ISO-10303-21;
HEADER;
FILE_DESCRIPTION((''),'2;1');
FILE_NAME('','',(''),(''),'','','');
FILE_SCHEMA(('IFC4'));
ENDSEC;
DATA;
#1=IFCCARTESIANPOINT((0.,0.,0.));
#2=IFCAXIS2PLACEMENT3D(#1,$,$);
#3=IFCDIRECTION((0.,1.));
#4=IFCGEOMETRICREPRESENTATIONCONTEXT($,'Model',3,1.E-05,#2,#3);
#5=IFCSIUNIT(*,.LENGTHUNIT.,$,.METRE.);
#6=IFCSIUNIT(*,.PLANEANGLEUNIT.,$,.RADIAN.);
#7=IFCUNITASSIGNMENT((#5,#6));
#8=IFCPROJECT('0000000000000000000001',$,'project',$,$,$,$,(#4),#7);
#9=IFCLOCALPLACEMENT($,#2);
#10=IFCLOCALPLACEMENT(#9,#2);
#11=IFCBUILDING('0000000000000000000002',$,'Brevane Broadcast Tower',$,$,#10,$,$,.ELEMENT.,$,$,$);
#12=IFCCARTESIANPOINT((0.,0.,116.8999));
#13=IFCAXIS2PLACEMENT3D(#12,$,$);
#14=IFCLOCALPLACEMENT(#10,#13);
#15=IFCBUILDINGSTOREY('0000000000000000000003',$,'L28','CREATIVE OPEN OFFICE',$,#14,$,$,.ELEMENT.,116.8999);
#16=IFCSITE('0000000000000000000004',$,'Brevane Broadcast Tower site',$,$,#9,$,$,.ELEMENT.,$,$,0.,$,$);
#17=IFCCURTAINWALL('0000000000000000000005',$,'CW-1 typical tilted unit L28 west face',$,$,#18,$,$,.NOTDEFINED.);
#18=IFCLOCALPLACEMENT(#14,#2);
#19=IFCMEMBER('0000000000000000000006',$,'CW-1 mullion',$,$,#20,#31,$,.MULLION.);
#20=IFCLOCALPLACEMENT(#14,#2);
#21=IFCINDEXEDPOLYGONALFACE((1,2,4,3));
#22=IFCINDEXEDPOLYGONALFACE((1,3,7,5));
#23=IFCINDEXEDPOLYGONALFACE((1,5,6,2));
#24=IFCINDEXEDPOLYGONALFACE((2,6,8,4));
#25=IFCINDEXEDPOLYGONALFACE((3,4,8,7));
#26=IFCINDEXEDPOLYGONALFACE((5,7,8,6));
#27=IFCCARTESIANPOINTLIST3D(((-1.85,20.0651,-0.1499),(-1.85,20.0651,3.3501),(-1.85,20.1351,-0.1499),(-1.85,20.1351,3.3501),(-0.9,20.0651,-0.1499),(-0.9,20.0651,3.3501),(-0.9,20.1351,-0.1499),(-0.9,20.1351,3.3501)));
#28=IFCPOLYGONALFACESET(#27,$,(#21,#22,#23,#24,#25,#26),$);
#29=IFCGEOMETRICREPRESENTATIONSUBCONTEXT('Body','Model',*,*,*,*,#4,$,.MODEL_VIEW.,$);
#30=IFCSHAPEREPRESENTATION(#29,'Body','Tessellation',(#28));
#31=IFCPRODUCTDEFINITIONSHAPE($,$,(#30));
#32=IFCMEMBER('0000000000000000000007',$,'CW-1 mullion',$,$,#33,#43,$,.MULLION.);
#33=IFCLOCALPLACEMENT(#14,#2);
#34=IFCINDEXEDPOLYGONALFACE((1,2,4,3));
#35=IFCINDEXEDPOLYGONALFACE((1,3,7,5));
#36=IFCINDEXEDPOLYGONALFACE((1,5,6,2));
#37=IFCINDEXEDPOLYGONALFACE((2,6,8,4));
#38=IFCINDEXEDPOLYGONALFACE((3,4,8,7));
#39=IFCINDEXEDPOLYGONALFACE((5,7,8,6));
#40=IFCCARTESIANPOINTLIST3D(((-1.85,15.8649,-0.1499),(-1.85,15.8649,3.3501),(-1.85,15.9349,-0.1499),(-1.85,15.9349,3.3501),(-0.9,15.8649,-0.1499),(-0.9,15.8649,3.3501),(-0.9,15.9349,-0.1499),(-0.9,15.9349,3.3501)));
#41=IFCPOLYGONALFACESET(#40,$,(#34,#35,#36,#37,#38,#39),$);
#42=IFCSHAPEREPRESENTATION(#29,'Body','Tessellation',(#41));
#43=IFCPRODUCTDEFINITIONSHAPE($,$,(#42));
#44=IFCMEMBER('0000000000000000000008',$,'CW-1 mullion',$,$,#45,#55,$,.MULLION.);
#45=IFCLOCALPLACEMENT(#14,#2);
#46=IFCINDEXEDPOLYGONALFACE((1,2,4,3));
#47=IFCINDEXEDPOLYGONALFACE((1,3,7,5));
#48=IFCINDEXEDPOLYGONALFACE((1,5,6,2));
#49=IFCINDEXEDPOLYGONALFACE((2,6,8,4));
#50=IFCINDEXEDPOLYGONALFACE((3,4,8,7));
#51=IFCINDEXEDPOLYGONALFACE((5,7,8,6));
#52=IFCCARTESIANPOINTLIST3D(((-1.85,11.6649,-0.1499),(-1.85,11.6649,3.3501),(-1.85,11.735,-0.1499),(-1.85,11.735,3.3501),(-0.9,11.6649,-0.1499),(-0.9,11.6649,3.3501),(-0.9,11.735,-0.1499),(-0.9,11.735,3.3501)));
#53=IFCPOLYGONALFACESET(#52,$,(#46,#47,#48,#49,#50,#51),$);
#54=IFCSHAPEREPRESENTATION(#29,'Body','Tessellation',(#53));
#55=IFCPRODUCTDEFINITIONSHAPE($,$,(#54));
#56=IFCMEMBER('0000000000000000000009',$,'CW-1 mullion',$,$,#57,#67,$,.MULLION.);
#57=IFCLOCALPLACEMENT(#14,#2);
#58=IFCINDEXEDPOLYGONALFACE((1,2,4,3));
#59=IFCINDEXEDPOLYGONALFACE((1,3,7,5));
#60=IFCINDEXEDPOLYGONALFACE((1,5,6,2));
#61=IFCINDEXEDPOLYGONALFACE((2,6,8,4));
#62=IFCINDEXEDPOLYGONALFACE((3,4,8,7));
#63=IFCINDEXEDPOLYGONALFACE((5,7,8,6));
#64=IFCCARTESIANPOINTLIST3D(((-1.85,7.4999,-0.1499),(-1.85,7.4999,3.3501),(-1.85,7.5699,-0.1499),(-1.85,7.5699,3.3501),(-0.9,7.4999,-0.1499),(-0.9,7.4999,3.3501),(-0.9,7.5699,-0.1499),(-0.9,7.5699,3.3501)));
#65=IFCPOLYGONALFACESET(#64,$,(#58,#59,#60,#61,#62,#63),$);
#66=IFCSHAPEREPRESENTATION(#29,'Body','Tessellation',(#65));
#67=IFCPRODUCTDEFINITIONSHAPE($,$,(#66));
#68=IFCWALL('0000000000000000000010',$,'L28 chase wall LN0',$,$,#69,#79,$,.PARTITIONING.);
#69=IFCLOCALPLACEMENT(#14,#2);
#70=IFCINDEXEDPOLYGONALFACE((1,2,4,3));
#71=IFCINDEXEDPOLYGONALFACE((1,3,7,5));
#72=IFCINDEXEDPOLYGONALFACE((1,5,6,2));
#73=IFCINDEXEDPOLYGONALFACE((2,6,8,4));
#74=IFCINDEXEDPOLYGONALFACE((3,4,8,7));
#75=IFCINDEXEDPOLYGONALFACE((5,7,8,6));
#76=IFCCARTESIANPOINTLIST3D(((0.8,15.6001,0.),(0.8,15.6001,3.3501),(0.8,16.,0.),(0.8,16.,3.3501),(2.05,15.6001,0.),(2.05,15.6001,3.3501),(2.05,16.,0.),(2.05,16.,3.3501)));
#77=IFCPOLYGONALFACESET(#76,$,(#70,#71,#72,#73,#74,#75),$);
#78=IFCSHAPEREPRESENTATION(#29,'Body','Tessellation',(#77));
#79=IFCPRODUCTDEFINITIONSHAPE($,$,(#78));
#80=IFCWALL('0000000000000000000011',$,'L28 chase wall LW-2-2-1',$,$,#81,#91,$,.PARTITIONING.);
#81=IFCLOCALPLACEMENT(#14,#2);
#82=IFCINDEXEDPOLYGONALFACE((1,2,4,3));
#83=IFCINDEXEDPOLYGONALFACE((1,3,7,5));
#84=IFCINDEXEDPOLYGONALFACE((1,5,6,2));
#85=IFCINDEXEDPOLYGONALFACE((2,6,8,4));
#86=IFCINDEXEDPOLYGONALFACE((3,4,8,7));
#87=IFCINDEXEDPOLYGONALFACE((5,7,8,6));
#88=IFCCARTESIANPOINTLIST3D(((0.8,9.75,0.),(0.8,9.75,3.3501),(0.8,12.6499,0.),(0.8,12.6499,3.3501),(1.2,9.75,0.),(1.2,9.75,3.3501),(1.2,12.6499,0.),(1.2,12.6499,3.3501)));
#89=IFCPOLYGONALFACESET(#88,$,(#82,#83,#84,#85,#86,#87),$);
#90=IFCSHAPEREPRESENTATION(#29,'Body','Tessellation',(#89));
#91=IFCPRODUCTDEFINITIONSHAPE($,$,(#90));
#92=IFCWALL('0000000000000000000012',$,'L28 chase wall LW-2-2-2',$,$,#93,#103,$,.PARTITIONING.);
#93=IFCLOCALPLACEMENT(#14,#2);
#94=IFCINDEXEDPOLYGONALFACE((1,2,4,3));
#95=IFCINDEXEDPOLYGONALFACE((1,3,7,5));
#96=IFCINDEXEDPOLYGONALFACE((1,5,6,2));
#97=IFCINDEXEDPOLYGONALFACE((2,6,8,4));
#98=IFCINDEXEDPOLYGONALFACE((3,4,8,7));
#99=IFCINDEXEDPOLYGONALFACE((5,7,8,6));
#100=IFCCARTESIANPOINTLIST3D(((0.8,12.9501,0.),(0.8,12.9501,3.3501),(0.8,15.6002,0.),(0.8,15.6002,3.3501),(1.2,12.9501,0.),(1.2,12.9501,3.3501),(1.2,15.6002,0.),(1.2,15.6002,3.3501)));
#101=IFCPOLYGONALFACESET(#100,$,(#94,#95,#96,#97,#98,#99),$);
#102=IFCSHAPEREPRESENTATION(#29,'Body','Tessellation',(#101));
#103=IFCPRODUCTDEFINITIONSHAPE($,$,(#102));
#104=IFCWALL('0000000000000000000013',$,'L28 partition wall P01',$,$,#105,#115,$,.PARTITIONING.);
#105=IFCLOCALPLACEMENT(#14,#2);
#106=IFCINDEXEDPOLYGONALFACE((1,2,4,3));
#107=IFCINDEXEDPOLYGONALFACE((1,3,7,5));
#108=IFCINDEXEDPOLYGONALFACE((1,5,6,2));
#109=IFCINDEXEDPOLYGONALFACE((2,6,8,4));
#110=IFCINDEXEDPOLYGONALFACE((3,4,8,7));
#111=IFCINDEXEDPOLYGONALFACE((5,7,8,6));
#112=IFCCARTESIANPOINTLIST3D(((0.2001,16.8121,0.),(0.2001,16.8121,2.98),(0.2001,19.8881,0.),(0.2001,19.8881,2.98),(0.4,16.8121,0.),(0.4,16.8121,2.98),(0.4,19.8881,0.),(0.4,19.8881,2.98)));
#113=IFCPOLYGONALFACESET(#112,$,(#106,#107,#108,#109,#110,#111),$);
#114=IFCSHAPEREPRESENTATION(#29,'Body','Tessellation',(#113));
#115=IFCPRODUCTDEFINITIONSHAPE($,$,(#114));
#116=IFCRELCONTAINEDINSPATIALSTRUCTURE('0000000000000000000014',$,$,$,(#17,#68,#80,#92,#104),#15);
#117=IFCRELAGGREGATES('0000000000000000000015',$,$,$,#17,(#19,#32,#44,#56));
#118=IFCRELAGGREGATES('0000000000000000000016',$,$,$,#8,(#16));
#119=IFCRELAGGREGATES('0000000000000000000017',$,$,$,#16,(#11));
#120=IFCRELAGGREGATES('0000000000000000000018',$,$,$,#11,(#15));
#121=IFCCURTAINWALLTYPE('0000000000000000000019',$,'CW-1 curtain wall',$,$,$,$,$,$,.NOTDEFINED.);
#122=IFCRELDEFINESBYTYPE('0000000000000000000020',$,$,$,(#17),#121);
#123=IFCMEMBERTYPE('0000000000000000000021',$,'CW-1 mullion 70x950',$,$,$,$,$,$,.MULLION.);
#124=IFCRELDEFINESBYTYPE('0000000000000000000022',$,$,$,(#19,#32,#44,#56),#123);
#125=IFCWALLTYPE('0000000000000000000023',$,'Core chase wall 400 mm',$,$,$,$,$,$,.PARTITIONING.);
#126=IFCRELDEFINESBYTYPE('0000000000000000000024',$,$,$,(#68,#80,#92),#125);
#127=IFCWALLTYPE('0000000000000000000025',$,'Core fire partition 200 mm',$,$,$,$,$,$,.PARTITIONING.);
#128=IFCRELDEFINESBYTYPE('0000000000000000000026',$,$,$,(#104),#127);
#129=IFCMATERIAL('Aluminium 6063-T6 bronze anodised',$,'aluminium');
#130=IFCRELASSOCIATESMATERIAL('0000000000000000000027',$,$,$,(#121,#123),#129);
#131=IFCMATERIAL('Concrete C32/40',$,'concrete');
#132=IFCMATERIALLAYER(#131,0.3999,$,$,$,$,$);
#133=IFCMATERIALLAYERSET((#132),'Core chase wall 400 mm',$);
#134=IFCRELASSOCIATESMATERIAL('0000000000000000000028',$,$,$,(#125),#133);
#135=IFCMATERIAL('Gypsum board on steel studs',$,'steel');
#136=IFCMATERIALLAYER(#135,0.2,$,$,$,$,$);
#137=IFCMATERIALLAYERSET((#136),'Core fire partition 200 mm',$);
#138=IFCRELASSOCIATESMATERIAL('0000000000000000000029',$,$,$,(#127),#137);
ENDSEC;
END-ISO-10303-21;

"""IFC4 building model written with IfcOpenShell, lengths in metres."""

from ifc_helpers import new_model, si_unit, direction, frame, frame_2d, origin, origin_2d, place, context, subcontext, project, spatial, rectangle, extrude, material, layer, layer_set, material_profile, profile_set, type_object, element, aggregate, save


model = new_model("IFC4")

# Units and contexts
model_context = context("Model", 3, precision=1e-05, world=origin(), true_north=direction((0.0, 1.0)))
body_context = subcontext(model_context, "Body", "Model", "MODEL_VIEW")
ifc_project = project(units=[si_unit("LENGTHUNIT", "METRE"), si_unit("PLANEANGLEUNIT", "RADIAN")], contexts=[model_context])

# Site, building, storey
site_placement = place(None, origin())
site = spatial("IfcSite", under=ifc_project, at=site_placement, Name="Brevane Broadcast Tower site", CompositionType="ELEMENT", RefElevation=0.0)
building_placement = place(site_placement, origin())
building = spatial("IfcBuilding", under=site, at=building_placement, Name="Brevane Broadcast Tower", CompositionType="ELEMENT")
storey_placement = place(building_placement, frame((0.0, 0.0, 116.8999)))
storey = spatial("IfcBuildingStorey", under=building, at=storey_placement, Name="L28", Description="CREATIVE OPEN OFFICE", CompositionType="ELEMENT", Elevation=116.8999)

# Curtain wall, members
ifc_material_1 = material(Name="Aluminium 6063-T6 bronze anodised", Category="aluminium")
curtain_wall_type = type_object("IfcCurtainWallType", Name="CW-1 curtain wall", PredefinedType="NOTDEFINED", material=ifc_material_1)
curtain_wall_placement = place(storey_placement, origin())
curtain_wall = element("IfcCurtainWall", 1, at=curtain_wall_placement, inside=storey, type_object=curtain_wall_type, Name="CW-1 typical tilted unit L28 west face", PredefinedType="NOTDEFINED")
ifc_material_profile = material_profile(ifc_material_1, rectangle(XDim=0.95, YDim=0.0701, at=origin_2d()), Name="RECT 70x950")
ifc_profile_set = profile_set([ifc_material_profile], Name="Aluminium 6063-T6 bronze anodised")
member_type = type_object("IfcMemberType", Name="CW-1 mullion 70x950", PredefinedType="MULLION", material=ifc_profile_set)
member_1_placement = place(storey_placement, frame((-1.375, 20.1001, -0.1499), z_axis=(0.0, 0.0, 1.0), x_axis=(1.0, 0.0, 0.0)))
member_1 = element("IfcMember", 2, at=member_1_placement, type_object=member_type, Name="CW-1 mullion", PredefinedType="MULLION", context=body_context, shape_type="SweptSolid", body=[
    extrude(rectangle(XDim=0.95, YDim=0.0701, at=origin_2d()), origin(), (0.0, 0.0, 1.0), 3.5),
])
member_2_placement = place(storey_placement, frame((-1.375, 15.8999, -0.1499), z_axis=(0.0, 0.0, 1.0), x_axis=(1.0, 0.0, 0.0)))
member_2 = element("IfcMember", 3, at=member_2_placement, type_object=member_type, Name="CW-1 mullion", PredefinedType="MULLION", context=body_context, shape_type="SweptSolid", body=[
    extrude(rectangle(XDim=0.95, YDim=0.0701, at=origin_2d()), origin(), (0.0, 0.0, 1.0), 3.5),
])
member_3_placement = place(storey_placement, frame((-1.375, 11.7, -0.1499), z_axis=(0.0, 0.0, 1.0), x_axis=(1.0, 0.0, 0.0)))
member_3 = element("IfcMember", 4, at=member_3_placement, type_object=member_type, Name="CW-1 mullion", PredefinedType="MULLION", context=body_context, shape_type="SweptSolid", body=[
    extrude(rectangle(XDim=0.95, YDim=0.0701, at=origin_2d()), origin(), (0.0, 0.0, 1.0), 3.5),
])
member_4_placement = place(storey_placement, frame((-1.375, 7.5349, -0.1499), z_axis=(0.0, 0.0, 1.0), x_axis=(1.0, 0.0, 0.0)))
member_4 = element("IfcMember", 5, at=member_4_placement, type_object=member_type, Name="CW-1 mullion", PredefinedType="MULLION", context=body_context, shape_type="SweptSolid", body=[
    extrude(rectangle(XDim=0.95, YDim=0.0701, at=origin_2d()), origin(), (0.0, 0.0, 1.0), 3.5),
])
aggregate(curtain_wall, [member_1, member_2, member_3, member_4])

# Walls
ifc_material_2 = material(Name="Concrete C32/40", Category="concrete")
ifc_layer_1 = layer(ifc_material_2, 0.3999)
ifc_layer_set_1 = layer_set([ifc_layer_1], Name="Core chase wall 400 mm")
wall_type_1 = type_object("IfcWallType", Name="Core chase wall 400 mm", PredefinedType="PARTITIONING", material=ifc_layer_set_1)
wall_1_placement = place(storey_placement, frame((0.8, 15.8, 0.0), z_axis=(0.0, 0.0, 1.0), x_axis=(1.0, 0.0, 0.0)))
element("IfcWall", 6, at=wall_1_placement, inside=storey, type_object=wall_type_1, Name="L28 chase wall LN0", PredefinedType="PARTITIONING", context=body_context, shape_type="SweptSolid", body=[
    extrude(rectangle(XDim=1.25, YDim=0.3999, at=frame_2d((0.625, 0.0))), origin(), (0.0, 0.0, 1.0), 3.3501),
])
wall_2_placement = place(storey_placement, frame((1.0, 9.75, 0.0), z_axis=(0.0, 0.0, 1.0), x_axis=(0.0, 1.0, 0.0)))
element("IfcWall", 7, at=wall_2_placement, inside=storey, type_object=wall_type_1, Name="L28 chase wall LW-2-2-1", PredefinedType="PARTITIONING", context=body_context, shape_type="SweptSolid", body=[
    extrude(rectangle(XDim=2.8999, YDim=0.3999, at=frame_2d((1.45, 0.0))), origin(), (0.0, 0.0, 1.0), 3.3501),
])
wall_3_placement = place(storey_placement, frame((1.0, 12.95, 0.0), z_axis=(0.0, 0.0, 1.0), x_axis=(0.0, 1.0, 0.0)))
element("IfcWall", 8, at=wall_3_placement, inside=storey, type_object=wall_type_1, Name="L28 chase wall LW-2-2-2", PredefinedType="PARTITIONING", context=body_context, shape_type="SweptSolid", body=[
    extrude(rectangle(XDim=2.6501, YDim=0.3999, at=frame_2d((1.3252, 0.0))), origin(), (0.0, 0.0, 1.0), 3.3501),
])
ifc_material_3 = material(Name="Gypsum board on steel studs", Category="steel")
ifc_layer_2 = layer(ifc_material_3, 0.2)
ifc_layer_set_2 = layer_set([ifc_layer_2], Name="Core fire partition 200 mm")
wall_type_2 = type_object("IfcWallType", Name="Core fire partition 200 mm", PredefinedType="PARTITIONING", material=ifc_layer_set_2)
wall_4_placement = place(storey_placement, frame((0.3, 16.812, 0.0), z_axis=(0.0, 0.0, 1.0), x_axis=(0.0, 1.0, 0.0)))
element("IfcWall", 9, at=wall_4_placement, inside=storey, type_object=wall_type_2, Name="L28 partition wall P01", PredefinedType="PARTITIONING", context=body_context, shape_type="SweptSolid", body=[
    extrude(rectangle(XDim=3.0759, YDim=0.2, at=frame_2d((1.5381, 0.0))), origin(), (0.0, 0.0, 1.0), 2.98),
])

save(model, "model.ifc")
